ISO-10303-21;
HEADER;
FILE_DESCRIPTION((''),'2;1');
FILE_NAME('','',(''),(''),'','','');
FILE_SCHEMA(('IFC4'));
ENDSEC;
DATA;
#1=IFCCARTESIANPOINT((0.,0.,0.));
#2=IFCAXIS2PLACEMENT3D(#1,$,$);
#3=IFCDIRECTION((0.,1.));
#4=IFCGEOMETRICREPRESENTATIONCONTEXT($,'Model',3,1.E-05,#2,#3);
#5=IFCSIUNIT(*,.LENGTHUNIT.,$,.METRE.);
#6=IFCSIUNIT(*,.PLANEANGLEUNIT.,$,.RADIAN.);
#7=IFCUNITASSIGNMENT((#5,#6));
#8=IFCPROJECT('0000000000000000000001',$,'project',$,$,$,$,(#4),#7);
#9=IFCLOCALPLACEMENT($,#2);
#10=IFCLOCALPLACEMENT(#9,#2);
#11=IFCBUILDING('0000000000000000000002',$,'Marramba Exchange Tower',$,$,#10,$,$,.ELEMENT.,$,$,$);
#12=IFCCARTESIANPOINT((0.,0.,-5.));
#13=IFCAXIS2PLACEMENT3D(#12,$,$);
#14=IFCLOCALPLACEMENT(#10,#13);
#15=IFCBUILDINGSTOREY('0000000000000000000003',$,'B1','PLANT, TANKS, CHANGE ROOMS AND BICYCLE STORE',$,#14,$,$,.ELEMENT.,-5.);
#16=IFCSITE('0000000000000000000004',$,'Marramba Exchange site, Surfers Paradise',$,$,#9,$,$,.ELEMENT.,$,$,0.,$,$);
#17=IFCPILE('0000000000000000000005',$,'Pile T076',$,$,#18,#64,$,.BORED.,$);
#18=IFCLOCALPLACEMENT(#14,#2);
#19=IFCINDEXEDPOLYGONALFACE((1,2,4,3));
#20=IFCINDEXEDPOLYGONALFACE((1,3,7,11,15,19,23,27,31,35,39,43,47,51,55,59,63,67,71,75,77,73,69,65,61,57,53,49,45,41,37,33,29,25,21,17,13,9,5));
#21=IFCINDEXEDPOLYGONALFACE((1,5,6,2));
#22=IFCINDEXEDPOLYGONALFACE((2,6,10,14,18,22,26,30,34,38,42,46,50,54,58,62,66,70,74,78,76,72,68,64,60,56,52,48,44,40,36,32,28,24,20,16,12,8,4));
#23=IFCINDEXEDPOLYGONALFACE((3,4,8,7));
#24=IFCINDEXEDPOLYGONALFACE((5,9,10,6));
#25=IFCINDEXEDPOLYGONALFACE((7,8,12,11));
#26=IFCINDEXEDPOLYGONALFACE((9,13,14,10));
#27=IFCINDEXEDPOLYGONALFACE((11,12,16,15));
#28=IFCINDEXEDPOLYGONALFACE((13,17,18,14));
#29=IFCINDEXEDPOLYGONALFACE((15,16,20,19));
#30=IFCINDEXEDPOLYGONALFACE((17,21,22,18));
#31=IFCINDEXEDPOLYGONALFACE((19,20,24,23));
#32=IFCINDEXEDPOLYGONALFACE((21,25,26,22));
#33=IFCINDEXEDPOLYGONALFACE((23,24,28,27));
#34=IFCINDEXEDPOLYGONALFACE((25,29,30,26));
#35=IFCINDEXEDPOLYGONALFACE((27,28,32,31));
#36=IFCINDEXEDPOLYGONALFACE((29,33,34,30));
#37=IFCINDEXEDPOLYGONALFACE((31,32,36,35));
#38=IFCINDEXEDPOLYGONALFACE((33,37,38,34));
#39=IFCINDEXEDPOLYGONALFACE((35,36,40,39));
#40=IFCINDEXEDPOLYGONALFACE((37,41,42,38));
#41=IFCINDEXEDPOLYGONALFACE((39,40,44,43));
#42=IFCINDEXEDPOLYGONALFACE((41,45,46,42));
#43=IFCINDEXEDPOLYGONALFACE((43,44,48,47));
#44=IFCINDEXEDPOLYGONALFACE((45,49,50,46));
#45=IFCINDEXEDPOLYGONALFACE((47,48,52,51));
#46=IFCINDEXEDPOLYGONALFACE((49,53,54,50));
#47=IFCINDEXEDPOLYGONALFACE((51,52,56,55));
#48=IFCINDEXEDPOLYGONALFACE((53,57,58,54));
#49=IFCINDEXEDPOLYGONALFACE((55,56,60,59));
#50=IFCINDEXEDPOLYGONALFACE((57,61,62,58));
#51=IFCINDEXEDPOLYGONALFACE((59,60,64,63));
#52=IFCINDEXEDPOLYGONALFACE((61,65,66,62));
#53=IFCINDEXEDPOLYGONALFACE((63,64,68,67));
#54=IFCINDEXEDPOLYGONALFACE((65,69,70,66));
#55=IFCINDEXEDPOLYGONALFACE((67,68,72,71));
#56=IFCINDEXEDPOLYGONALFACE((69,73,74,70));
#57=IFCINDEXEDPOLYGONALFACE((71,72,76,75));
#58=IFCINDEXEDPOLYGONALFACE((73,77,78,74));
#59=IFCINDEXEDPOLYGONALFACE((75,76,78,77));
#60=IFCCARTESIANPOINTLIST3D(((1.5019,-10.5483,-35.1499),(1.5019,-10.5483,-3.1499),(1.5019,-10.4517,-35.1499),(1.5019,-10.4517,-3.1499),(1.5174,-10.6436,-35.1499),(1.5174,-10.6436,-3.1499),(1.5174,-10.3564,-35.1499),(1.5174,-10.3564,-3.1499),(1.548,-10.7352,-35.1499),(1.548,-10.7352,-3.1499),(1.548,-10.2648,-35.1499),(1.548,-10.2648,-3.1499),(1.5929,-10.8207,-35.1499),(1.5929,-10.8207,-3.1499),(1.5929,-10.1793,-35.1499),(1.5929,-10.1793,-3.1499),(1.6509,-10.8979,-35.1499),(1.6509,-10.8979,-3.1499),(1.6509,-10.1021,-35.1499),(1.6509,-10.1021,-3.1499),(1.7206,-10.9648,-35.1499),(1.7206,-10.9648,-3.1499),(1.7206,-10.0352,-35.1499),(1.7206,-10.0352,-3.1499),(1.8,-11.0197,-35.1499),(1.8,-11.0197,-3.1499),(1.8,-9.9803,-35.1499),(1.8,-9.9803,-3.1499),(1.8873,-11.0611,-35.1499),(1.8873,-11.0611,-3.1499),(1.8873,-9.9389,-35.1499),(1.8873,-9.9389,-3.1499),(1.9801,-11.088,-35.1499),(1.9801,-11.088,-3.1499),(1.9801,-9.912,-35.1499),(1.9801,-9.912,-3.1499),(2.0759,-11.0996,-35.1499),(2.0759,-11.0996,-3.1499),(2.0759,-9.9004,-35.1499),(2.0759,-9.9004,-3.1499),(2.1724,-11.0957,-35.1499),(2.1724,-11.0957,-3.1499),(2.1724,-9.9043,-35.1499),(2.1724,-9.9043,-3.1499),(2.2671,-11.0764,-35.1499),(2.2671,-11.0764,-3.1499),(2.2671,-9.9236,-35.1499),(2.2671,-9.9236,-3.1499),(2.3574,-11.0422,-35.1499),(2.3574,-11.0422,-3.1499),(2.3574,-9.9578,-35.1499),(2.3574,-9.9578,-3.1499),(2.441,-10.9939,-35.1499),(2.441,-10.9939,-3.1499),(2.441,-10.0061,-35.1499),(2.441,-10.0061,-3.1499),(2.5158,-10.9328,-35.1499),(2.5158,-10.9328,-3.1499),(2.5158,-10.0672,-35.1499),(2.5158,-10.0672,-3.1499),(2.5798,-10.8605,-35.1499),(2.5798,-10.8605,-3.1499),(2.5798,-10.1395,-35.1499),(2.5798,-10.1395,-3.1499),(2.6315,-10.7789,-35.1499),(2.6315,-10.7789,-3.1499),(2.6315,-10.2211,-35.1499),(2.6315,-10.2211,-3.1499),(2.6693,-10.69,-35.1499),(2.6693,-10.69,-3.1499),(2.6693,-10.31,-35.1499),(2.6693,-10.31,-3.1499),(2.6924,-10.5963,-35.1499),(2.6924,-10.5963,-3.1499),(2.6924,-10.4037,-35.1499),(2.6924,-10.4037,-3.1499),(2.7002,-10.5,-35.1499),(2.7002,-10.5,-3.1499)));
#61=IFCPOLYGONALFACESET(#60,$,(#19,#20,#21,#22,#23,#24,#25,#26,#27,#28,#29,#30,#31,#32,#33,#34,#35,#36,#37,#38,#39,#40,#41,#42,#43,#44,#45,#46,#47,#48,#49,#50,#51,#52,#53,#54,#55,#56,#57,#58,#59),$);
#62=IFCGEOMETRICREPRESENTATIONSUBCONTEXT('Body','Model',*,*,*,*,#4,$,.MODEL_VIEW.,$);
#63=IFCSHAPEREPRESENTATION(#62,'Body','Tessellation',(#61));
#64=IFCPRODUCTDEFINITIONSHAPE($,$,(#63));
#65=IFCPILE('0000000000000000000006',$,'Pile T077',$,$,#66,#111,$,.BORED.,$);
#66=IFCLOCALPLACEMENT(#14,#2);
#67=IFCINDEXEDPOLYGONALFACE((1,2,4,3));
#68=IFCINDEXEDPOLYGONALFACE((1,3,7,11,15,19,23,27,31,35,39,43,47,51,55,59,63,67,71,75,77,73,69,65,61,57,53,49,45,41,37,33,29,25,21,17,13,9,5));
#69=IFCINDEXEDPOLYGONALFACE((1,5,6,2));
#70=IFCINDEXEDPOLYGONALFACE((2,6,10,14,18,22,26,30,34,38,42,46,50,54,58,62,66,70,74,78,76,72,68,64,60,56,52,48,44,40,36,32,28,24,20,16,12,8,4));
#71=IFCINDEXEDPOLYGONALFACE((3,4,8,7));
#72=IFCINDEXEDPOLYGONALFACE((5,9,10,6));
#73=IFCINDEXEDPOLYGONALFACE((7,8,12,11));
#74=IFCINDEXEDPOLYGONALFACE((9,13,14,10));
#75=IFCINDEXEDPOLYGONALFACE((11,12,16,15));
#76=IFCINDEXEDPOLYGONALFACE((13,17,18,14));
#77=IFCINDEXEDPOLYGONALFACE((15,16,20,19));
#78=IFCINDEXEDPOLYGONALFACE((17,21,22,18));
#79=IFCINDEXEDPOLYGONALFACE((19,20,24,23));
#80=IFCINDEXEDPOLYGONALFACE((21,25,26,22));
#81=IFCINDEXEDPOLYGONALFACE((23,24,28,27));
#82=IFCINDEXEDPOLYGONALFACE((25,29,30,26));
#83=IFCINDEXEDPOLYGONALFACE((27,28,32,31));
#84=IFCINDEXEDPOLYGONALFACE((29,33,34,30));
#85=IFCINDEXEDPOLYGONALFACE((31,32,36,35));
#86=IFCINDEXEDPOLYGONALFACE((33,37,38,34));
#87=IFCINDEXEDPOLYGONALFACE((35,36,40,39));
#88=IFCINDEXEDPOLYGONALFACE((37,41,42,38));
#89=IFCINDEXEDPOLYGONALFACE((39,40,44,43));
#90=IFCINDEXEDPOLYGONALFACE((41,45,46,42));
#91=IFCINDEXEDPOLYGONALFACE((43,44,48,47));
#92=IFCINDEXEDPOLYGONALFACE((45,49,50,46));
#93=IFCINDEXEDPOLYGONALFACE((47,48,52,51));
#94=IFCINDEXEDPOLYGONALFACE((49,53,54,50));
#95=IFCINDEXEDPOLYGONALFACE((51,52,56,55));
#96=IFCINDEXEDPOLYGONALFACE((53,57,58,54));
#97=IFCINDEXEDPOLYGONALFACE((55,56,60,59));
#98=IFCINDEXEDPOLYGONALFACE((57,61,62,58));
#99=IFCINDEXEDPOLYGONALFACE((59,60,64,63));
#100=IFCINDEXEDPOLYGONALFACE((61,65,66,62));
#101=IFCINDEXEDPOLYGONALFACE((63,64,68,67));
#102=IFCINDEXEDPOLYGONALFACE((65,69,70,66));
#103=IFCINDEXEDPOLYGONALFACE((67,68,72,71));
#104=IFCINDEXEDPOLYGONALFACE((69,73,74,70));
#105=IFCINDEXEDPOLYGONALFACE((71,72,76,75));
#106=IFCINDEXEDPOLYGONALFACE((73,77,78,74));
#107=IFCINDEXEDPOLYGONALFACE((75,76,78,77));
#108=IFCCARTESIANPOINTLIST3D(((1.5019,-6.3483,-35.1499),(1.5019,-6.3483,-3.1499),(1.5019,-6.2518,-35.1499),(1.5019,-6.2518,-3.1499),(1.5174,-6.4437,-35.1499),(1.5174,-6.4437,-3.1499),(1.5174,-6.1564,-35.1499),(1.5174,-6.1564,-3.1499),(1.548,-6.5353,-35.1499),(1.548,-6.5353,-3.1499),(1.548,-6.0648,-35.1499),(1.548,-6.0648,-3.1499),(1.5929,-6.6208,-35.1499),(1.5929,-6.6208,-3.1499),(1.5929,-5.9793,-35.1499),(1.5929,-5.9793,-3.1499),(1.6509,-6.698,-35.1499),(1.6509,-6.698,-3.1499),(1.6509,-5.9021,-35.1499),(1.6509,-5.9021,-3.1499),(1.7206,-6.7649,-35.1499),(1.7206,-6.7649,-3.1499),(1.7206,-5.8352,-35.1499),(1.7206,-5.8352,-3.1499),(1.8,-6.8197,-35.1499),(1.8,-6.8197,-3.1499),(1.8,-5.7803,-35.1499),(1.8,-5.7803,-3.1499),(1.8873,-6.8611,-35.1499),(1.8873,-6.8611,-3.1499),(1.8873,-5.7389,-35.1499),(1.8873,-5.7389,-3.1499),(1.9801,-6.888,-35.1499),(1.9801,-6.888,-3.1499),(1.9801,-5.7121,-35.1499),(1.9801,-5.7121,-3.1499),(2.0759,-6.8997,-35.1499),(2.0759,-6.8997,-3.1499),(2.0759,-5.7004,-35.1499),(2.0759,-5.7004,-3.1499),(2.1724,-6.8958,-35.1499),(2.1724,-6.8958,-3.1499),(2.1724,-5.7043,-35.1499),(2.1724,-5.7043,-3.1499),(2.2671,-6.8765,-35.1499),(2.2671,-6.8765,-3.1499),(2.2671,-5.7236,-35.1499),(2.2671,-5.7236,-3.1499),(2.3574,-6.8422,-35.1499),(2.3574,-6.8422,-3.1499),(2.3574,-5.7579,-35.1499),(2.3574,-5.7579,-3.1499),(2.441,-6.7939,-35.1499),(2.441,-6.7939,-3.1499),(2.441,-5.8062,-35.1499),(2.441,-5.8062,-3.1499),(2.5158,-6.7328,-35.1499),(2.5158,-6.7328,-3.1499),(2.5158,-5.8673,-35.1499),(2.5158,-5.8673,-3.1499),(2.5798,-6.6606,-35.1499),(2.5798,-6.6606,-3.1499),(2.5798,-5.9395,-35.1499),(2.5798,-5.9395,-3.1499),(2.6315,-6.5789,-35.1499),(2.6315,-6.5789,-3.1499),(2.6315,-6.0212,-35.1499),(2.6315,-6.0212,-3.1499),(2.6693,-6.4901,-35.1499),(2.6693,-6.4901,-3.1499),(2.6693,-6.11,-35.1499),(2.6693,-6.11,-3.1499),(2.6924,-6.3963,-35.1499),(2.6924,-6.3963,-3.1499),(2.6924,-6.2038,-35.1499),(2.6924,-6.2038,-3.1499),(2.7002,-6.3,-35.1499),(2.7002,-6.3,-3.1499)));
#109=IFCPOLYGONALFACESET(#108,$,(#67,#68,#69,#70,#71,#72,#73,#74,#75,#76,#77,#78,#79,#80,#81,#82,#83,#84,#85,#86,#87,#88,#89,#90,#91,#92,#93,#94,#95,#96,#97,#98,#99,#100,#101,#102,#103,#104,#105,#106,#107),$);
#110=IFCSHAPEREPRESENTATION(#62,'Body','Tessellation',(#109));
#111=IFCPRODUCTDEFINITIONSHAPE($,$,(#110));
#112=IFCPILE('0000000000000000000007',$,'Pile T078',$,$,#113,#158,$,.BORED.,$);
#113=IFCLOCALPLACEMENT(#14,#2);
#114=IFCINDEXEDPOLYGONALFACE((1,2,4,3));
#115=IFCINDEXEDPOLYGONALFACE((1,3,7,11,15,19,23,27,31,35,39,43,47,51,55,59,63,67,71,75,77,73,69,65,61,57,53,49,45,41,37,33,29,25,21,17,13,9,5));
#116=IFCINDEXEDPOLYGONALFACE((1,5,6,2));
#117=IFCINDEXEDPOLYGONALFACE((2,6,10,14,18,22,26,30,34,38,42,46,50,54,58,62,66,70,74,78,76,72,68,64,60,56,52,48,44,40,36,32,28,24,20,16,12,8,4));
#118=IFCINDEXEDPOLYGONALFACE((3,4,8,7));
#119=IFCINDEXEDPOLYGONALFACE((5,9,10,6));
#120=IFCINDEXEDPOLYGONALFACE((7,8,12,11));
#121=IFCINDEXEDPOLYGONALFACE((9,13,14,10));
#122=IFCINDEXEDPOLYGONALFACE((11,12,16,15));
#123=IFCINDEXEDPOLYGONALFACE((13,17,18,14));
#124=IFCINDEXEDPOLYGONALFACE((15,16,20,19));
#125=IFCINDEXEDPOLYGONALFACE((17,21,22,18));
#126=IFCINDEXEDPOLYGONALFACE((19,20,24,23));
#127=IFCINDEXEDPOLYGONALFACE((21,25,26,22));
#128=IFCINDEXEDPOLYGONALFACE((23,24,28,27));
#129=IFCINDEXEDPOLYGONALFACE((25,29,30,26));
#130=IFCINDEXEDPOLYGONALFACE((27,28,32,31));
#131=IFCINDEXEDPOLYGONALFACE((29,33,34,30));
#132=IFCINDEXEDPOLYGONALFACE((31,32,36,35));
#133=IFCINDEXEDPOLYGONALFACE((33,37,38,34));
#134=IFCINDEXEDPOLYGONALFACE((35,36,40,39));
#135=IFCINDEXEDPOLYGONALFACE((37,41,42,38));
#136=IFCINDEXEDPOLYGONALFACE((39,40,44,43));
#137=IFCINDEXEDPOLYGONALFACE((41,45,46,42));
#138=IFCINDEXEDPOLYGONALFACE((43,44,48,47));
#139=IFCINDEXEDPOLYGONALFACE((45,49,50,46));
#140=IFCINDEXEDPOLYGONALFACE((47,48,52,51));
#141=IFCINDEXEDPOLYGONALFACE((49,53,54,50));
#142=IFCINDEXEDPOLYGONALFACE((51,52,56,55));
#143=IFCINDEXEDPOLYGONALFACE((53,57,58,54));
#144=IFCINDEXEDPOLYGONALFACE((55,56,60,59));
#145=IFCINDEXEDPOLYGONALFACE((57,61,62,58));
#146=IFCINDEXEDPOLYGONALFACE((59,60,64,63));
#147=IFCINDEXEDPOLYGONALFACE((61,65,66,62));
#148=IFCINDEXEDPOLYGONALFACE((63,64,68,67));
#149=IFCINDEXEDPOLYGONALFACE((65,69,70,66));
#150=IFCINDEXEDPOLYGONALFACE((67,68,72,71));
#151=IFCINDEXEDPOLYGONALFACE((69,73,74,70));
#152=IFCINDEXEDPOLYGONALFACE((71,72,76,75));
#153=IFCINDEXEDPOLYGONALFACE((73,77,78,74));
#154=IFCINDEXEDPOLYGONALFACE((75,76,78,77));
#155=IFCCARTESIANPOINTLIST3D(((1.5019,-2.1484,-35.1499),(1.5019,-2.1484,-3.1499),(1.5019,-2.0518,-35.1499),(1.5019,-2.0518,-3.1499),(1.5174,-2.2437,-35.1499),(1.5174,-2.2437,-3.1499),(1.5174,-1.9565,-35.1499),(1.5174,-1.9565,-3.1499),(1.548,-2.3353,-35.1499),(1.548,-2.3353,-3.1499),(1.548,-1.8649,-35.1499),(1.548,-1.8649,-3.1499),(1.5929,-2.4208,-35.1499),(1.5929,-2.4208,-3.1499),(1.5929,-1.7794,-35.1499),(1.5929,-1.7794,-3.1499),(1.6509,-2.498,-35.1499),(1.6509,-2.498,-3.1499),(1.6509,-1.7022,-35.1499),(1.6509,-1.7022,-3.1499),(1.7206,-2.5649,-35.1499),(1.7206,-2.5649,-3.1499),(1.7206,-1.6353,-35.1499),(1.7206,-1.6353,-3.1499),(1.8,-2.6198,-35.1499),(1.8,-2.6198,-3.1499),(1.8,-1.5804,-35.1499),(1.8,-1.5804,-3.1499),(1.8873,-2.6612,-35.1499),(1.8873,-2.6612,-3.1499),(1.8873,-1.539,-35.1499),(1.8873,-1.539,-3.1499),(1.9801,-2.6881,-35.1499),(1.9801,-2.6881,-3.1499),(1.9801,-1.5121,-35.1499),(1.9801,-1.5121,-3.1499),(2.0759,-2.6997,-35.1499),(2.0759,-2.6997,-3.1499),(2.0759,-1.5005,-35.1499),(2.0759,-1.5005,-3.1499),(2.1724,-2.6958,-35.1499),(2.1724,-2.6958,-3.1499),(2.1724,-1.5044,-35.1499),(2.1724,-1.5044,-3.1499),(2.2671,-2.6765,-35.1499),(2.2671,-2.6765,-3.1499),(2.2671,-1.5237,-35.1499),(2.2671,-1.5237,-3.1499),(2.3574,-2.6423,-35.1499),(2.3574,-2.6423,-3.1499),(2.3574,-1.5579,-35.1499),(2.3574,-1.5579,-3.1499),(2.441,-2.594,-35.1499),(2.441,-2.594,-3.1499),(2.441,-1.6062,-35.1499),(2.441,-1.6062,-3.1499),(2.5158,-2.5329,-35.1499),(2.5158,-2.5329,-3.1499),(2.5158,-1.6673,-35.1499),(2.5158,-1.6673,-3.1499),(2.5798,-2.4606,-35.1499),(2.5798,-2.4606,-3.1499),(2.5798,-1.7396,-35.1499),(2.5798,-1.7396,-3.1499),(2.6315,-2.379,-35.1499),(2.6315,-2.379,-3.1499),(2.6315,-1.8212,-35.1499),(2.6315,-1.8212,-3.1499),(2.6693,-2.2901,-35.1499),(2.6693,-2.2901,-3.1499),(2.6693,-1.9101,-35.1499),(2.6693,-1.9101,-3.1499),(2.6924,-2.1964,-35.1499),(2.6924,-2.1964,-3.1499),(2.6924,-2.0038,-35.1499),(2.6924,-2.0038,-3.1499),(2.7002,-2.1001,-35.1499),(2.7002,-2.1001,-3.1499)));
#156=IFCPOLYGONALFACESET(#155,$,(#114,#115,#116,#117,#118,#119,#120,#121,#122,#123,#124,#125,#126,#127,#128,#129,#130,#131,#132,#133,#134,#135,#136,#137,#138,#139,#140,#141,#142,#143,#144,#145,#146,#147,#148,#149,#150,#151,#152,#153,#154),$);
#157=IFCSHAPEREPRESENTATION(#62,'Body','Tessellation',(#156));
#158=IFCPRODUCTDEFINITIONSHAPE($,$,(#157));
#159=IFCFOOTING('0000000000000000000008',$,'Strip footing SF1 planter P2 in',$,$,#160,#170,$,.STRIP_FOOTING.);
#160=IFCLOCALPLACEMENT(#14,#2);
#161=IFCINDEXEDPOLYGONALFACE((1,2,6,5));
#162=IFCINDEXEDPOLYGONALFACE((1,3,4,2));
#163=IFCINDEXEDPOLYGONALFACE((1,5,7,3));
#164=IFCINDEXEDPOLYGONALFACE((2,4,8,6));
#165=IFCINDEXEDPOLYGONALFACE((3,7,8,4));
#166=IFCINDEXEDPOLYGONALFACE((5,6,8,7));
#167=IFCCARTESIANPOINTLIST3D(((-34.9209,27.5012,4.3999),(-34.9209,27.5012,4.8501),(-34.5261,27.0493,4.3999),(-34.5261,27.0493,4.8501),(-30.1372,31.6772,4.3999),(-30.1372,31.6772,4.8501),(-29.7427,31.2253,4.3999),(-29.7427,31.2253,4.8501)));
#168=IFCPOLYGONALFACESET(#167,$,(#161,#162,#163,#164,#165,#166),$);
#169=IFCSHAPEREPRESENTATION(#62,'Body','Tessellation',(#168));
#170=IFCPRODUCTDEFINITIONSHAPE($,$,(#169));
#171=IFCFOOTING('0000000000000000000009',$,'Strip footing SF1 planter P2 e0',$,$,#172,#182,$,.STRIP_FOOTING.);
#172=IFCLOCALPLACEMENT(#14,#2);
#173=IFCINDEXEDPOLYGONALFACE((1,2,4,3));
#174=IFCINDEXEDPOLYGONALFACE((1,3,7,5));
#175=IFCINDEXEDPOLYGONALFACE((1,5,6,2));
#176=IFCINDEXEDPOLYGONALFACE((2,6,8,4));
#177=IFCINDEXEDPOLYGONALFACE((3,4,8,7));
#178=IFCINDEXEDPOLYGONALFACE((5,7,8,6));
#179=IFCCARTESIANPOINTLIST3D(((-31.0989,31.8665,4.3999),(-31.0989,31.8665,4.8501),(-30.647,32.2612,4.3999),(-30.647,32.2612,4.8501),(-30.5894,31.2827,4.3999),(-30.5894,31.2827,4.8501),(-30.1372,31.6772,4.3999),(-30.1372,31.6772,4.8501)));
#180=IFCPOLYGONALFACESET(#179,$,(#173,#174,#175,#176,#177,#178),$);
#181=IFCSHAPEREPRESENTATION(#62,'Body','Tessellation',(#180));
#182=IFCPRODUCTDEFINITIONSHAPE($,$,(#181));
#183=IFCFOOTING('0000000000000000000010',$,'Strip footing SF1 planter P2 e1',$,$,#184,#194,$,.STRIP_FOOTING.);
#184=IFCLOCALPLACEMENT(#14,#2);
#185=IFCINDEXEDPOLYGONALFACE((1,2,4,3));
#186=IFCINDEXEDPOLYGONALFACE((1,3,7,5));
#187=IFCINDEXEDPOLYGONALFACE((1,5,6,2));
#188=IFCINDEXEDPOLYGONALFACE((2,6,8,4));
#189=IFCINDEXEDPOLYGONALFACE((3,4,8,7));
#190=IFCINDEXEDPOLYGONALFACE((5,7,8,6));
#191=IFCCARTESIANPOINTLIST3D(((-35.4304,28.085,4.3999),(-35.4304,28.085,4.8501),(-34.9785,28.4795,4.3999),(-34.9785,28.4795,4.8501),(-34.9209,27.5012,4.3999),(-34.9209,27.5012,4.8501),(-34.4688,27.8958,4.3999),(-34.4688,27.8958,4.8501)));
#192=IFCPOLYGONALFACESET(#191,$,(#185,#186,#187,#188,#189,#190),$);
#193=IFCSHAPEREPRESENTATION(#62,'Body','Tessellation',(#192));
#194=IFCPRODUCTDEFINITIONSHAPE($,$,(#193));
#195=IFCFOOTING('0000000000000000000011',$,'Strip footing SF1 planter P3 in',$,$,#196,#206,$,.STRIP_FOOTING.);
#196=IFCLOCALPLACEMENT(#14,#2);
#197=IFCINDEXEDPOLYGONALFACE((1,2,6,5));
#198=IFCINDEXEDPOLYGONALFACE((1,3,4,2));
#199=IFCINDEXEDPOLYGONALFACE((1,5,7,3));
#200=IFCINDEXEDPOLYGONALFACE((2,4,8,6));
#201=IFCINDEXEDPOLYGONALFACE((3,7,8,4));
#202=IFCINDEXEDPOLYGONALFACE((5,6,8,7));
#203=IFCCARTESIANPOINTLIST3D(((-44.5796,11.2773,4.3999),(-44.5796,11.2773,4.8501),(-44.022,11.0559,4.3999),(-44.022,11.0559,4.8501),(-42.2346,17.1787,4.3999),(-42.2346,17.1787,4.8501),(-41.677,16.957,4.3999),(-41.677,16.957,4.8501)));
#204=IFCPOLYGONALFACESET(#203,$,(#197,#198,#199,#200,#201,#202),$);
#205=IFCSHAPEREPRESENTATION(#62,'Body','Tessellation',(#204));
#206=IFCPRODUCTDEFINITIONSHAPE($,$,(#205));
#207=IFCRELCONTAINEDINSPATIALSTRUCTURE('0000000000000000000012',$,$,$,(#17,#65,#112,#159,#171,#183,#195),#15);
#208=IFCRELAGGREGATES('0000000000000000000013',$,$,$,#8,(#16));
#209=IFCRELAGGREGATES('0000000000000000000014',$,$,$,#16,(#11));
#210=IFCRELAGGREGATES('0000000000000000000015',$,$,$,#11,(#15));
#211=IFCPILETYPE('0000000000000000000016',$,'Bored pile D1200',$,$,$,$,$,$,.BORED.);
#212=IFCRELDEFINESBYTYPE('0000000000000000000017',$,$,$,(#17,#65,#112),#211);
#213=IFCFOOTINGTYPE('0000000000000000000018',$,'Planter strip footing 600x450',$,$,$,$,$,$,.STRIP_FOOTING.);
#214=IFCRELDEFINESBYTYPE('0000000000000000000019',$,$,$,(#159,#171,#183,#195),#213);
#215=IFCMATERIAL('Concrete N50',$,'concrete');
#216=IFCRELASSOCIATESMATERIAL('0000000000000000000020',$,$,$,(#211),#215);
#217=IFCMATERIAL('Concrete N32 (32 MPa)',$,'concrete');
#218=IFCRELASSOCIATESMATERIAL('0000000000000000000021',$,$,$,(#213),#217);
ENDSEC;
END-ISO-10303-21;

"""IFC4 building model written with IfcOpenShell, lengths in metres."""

from ifc_helpers import new_model, si_unit, direction, frame, origin, origin_2d, place, context, subcontext, project, spatial, polyline, circle, outline, extrude, material, material_profile, profile_set, type_object, element, save


model = new_model("IFC4")

# Units and contexts
model_context = context("Model", 3, precision=1e-05, world=origin(), true_north=direction((0.0, 1.0)))
body_context = subcontext(model_context, "Body", "Model", "MODEL_VIEW")
ifc_project = project(units=[si_unit("LENGTHUNIT", "METRE"), si_unit("PLANEANGLEUNIT", "RADIAN")], contexts=[model_context])

# Site, building, storey
site_placement = place(None, origin())
site = spatial("IfcSite", under=ifc_project, at=site_placement, Name="Marramba Exchange site, Surfers Paradise", CompositionType="ELEMENT", RefElevation=0.0)
building_placement = place(site_placement, origin())
building = spatial("IfcBuilding", under=site, at=building_placement, Name="Marramba Exchange Tower", CompositionType="ELEMENT")
storey_placement = place(building_placement, frame((0.0, 0.0, -5.0)))
storey = spatial("IfcBuildingStorey", under=building, at=storey_placement, Name="B1", Description="PLANT, TANKS, CHANGE ROOMS AND BICYCLE STORE", CompositionType="ELEMENT", Elevation=-5.0)

# Piles
ifc_material_1 = material(Name="Concrete N50", Category="concrete")
ifc_material_profile = material_profile(ifc_material_1, circle(Radius=0.6001, at=origin_2d()), Name="BP D1200")
ifc_profile_set = profile_set([ifc_material_profile], Name="Concrete N50")
pile_type = type_object("IfcPileType", Name="Bored pile D1200", PredefinedType="BORED", material=ifc_profile_set)
for number, where, z_axis, x_axis, name in (
    (1, (2.1001, -10.5, -3.1499), (0.0, 0.0, -1.0), (1.0, 0.0, 0.0), "Pile T076"),
    (2, (2.1001, -6.3, -3.1499), (0.0, 0.0, -1.0), (1.0, 0.0, 0.0), "Pile T077"),
    (3, (2.1001, -2.1001, -3.1499), (0.0, 0.0, -1.0), (1.0, 0.0, 0.0), "Pile T078"),
):
    element("IfcPile", number, at=place(storey_placement, frame(where, z_axis=z_axis, x_axis=x_axis)), inside=storey, type_object=pile_type, Name=name, PredefinedType="BORED", context=body_context, shape_type="SweptSolid", body=[
        extrude(circle(Radius=0.6001, at=origin_2d()), origin(), (0.0, 0.0, 1.0), 32.0),
    ])

# Footings
ifc_material_2 = material(Name="Concrete N32 (32 MPa)", Category="concrete")
footing_type_1 = type_object("IfcFootingType", Name="Planter strip footing 600x450", PredefinedType="STRIP_FOOTING", material=ifc_material_2)
footing_1_placement = place(storey_placement, frame((0.0, 0.0, 4.3999)))
element("IfcFooting", 4, at=footing_1_placement, inside=storey, type_object=footing_type_1, Name="Strip footing SF1 planter P2 in", PredefinedType="STRIP_FOOTING", context=body_context, shape_type="SweptSolid", body=[
    extrude(outline(polyline([(-29.7427, 31.2253), (-34.5261, 27.0493), (-34.9209, 27.5012), (-30.1372, 31.6772), (-29.7427, 31.2253)])), origin(), (0.0, 0.0, 1.0), 0.4502),
])
footing_2_placement = place(storey_placement, frame((0.0, 0.0, 4.3999)))
element("IfcFooting", 5, at=footing_2_placement, inside=storey, type_object=footing_type_1, Name="Strip footing SF1 planter P2 e0", PredefinedType="STRIP_FOOTING", context=body_context, shape_type="SweptSolid", body=[
    extrude(outline(polyline([(-30.1372, 31.6772), (-30.5894, 31.2827), (-31.0989, 31.8665), (-30.647, 32.2612), (-30.1372, 31.6772)])), origin(), (0.0, 0.0, 1.0), 0.4502),
])
footing_3_placement = place(storey_placement, frame((0.0, 0.0, 4.3999)))
element("IfcFooting", 6, at=footing_3_placement, inside=storey, type_object=footing_type_1, Name="Strip footing SF1 planter P2 e1", PredefinedType="STRIP_FOOTING", context=body_context, shape_type="SweptSolid", body=[
    extrude(outline(polyline([(-34.4688, 27.8958), (-34.9209, 27.5012), (-35.4304, 28.085), (-34.9785, 28.4795), (-34.4688, 27.8958)])), origin(), (0.0, 0.0, 1.0), 0.4502),
])
footing_4_placement = place(storey_placement, frame((0.0, 0.0, 4.3999)))
element("IfcFooting", 7, at=footing_4_placement, inside=storey, type_object=footing_type_1, Name="Strip footing SF1 planter P3 in", PredefinedType="STRIP_FOOTING", context=body_context, shape_type="SweptSolid", body=[
    extrude(outline(polyline([(-41.677, 16.957), (-44.022, 11.0559), (-44.5796, 11.2773), (-42.2346, 17.1787), (-41.677, 16.957)])), origin(), (0.0, 0.0, 1.0), 0.4502),
])

save(model, "model.ifc")
